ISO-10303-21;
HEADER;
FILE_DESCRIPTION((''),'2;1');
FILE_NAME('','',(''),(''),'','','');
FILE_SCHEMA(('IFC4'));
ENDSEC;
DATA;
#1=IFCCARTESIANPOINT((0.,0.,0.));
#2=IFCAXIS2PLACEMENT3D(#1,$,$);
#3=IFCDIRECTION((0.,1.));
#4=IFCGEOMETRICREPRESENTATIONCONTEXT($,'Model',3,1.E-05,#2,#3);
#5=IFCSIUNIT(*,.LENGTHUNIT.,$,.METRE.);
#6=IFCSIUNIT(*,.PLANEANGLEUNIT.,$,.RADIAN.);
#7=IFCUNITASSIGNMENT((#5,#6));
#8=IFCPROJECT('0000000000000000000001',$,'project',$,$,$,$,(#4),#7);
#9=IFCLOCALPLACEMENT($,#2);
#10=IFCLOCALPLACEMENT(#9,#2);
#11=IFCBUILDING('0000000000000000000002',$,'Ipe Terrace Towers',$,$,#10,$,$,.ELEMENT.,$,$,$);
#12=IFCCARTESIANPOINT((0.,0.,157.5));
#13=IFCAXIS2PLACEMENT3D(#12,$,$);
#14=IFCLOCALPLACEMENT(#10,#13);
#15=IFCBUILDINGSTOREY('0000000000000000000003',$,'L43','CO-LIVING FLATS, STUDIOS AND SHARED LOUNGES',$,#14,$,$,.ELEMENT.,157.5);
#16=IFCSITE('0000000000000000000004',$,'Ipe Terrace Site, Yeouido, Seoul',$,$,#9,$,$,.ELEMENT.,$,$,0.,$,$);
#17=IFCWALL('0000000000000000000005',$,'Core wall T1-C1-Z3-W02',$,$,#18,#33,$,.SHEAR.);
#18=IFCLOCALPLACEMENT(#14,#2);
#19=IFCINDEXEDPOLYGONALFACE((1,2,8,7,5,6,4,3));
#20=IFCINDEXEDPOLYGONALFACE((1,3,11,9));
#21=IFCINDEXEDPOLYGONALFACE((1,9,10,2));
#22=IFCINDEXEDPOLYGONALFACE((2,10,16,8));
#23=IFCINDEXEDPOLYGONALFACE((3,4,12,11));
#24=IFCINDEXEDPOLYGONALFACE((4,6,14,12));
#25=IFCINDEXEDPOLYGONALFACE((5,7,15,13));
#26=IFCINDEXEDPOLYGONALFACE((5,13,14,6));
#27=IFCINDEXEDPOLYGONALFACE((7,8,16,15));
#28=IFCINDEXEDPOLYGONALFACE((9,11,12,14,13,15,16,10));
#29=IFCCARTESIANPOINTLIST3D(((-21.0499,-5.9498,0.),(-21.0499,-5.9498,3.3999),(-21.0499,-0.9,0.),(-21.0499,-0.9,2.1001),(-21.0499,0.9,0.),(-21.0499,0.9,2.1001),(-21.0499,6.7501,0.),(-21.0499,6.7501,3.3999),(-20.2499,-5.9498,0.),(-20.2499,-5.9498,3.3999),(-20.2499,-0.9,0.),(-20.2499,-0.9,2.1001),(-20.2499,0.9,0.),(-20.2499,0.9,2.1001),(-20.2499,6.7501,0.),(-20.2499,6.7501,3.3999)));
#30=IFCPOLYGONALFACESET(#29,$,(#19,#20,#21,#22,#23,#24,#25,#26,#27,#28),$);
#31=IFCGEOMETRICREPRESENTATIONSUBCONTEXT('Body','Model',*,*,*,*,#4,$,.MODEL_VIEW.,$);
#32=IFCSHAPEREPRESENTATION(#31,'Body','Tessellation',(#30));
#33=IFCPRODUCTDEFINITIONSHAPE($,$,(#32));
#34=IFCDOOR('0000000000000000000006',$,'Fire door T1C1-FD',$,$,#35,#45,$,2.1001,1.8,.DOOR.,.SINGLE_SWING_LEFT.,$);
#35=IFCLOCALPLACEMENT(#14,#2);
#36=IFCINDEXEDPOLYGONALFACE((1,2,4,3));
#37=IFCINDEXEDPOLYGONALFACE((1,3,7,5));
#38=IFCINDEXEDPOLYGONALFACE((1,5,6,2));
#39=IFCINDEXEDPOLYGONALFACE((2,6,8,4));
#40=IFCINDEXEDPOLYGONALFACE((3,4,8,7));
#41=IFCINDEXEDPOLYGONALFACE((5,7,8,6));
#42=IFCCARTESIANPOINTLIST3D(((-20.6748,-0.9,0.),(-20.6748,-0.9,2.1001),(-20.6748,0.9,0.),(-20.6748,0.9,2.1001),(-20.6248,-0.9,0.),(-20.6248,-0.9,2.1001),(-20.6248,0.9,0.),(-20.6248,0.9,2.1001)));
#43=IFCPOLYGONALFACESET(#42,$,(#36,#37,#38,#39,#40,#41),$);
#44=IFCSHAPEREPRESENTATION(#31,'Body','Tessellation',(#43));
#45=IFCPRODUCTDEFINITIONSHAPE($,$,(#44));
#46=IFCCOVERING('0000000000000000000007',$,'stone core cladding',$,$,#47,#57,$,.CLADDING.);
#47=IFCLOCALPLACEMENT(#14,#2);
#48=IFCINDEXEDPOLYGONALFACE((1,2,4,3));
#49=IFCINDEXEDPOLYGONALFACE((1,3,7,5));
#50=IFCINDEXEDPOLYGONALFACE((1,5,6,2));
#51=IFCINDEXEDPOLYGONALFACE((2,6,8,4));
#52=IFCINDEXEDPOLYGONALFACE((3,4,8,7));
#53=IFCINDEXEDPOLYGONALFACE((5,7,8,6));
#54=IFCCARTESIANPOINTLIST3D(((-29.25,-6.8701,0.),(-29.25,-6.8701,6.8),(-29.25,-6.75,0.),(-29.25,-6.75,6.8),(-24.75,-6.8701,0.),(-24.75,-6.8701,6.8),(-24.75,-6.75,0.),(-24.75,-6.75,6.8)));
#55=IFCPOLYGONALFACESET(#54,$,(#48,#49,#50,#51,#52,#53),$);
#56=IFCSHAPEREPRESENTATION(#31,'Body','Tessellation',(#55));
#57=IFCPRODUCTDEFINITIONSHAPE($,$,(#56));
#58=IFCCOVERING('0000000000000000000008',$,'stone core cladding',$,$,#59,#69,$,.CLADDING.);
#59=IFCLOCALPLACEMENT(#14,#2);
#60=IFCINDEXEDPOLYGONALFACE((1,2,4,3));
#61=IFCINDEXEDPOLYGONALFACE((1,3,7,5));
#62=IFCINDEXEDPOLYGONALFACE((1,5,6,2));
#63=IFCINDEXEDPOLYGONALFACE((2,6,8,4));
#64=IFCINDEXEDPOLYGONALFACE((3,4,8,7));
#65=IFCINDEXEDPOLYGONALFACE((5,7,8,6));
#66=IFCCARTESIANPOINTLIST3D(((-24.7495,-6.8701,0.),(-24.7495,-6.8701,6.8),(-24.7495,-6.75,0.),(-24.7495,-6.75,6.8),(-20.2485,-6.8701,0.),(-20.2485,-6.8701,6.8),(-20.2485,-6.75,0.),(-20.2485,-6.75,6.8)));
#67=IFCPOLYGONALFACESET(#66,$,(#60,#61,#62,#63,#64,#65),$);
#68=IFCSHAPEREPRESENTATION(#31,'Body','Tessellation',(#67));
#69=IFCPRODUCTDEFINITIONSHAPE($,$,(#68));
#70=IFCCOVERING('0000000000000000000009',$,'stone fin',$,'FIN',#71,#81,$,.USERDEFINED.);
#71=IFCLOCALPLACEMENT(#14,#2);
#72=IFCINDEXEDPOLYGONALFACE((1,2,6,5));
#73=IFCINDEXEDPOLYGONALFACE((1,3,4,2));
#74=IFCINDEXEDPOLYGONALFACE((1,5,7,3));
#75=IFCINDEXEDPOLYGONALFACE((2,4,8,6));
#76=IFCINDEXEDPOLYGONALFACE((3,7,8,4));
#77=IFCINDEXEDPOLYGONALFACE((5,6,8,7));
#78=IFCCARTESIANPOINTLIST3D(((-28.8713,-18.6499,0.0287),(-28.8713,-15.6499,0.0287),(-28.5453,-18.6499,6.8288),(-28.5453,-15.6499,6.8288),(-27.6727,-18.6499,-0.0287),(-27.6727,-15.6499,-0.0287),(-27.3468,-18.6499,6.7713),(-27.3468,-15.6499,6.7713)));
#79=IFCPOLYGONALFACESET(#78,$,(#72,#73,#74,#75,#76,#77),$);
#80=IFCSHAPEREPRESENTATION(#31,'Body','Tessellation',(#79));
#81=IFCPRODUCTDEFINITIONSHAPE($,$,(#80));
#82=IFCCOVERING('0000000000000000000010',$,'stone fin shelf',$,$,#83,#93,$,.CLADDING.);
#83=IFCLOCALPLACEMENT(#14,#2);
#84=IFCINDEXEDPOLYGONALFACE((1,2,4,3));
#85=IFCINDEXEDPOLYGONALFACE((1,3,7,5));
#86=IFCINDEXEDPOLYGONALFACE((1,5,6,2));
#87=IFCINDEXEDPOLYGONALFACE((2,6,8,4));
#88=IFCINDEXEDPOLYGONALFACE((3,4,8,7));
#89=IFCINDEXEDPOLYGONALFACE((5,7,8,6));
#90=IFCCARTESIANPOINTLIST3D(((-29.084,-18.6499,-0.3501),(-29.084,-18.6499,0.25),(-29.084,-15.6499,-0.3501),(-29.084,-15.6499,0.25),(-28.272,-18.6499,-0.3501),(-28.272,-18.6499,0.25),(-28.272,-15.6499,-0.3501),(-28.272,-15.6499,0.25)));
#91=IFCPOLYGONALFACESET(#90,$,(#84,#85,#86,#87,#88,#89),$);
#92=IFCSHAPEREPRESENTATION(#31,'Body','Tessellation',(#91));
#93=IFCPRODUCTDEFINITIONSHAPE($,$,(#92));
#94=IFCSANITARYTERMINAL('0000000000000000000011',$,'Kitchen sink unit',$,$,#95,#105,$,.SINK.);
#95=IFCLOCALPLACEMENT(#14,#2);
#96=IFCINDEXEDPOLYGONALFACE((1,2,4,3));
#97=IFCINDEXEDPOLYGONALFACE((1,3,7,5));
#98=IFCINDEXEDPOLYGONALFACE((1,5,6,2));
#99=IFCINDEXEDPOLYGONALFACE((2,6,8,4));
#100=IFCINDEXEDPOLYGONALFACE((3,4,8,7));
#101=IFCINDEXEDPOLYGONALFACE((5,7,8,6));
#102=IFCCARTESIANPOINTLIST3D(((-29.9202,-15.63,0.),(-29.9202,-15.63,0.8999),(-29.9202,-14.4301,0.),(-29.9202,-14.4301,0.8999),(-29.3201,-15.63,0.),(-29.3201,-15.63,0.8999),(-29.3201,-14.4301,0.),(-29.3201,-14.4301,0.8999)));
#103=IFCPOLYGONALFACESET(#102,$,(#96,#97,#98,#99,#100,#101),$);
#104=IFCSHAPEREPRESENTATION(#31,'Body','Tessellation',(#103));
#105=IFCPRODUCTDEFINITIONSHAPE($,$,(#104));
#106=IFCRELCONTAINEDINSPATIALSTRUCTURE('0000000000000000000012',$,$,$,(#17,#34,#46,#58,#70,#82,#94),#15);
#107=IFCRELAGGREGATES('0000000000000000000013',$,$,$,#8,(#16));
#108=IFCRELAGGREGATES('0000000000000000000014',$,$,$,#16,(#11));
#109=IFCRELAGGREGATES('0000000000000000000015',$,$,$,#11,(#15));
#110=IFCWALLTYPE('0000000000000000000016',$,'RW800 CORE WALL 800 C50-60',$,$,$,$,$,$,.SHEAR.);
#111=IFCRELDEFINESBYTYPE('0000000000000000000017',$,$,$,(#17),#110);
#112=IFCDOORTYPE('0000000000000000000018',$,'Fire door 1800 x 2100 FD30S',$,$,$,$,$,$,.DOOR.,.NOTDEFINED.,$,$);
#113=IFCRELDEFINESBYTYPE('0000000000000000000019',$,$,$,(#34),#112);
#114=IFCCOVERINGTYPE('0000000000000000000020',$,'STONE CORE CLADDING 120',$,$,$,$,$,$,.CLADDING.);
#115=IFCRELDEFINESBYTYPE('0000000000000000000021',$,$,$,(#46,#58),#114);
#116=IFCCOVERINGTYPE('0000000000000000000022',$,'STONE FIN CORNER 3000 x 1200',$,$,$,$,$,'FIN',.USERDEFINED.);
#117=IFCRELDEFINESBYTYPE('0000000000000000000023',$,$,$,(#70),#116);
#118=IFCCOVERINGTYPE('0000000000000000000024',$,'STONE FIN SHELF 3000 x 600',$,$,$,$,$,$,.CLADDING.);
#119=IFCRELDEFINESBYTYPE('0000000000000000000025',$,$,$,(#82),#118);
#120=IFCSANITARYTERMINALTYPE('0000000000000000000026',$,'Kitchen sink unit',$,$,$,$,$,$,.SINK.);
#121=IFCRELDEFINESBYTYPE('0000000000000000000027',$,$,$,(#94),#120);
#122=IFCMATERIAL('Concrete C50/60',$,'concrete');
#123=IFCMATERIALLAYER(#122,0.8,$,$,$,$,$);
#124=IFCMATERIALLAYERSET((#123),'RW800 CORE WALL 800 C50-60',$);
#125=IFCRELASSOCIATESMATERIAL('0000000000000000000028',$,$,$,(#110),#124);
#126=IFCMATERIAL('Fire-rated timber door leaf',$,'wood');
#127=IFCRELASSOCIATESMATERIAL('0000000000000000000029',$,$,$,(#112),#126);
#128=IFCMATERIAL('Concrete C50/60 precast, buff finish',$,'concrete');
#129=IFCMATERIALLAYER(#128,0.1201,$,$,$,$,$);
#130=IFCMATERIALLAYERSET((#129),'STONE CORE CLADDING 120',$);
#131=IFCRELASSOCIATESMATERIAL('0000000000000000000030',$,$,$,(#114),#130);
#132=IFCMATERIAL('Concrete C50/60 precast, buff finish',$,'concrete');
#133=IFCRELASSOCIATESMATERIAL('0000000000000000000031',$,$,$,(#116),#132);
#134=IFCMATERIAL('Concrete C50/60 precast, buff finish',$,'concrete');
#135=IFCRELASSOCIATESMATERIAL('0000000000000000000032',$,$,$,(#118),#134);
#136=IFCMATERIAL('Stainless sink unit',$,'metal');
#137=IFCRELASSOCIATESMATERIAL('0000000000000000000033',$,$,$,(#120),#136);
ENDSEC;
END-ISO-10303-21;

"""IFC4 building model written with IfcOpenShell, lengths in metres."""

from ifc_helpers import new_model, si_unit, direction, frame, frame_2d, origin, origin_2d, place, context, subcontext, project, spatial, rectangle, extrude, material, layer, layer_set, material_profile, profile_set, type_object, element, fill, save


model = new_model("IFC4")

# Units and contexts
model_context = context("Model", 3, precision=1e-05, world=origin(), true_north=direction((0.0, 1.0)))
body_context = subcontext(model_context, "Body", "Model", "MODEL_VIEW")
ifc_project = project(units=[si_unit("LENGTHUNIT", "METRE"), si_unit("PLANEANGLEUNIT", "RADIAN")], contexts=[model_context])

# Site, building, storey
site_placement = place(None, origin())
site = spatial("IfcSite", under=ifc_project, at=site_placement, Name="Ipe Terrace Site, Yeouido, Seoul", CompositionType="ELEMENT", RefElevation=0.0)
building_placement = place(site_placement, origin())
building = spatial("IfcBuilding", under=site, at=building_placement, Name="Ipe Terrace Towers", CompositionType="ELEMENT")
storey_placement = place(building_placement, frame((0.0, 0.0, 157.5)))
storey = spatial("IfcBuildingStorey", under=building, at=storey_placement, Name="L43", Description="CO-LIVING FLATS, STUDIOS AND SHARED LOUNGES", CompositionType="ELEMENT", Elevation=157.5)

# Shared definitions
ifc_material_1 = material(Name="Concrete C50/60", Category="concrete")
ifc_layer_1 = layer(ifc_material_1, 0.8)
ifc_layer_set_1 = layer_set([ifc_layer_1], Name="RW800 CORE WALL 800 C50-60")
wall_type_1 = type_object("IfcWallType", Name="RW800 CORE WALL 800 C50-60", PredefinedType="SHEAR", material=ifc_layer_set_1)

# Wall, opening, door
wall_1_placement = place(storey_placement, frame((-20.6499, -5.95, 0.0), z_axis=(0.0, 0.0, 1.0), x_axis=(0.0, 1.0, 0.0)))
wall_1 = element("IfcWall", 1, at=wall_1_placement, inside=storey, type_object=wall_type_1, Name="Core wall T1-C1-Z3-W02", PredefinedType="SHEAR", context=body_context, shape_type="SweptSolid", body=[
    extrude(rectangle(XDim=12.7, YDim=0.8, at=frame_2d((6.3501, 0.0))), origin(), (0.0, 0.0, 1.0), 3.3999),
])
opening_1_placement = place(wall_1_placement, frame((5.05, 0.0, 0.0)))
opening_1 = element("IfcOpeningElement", 2, at=opening_1_placement, cuts=wall_1, PredefinedType="OPENING", context=body_context, shape_type="SweptSolid", body=[
    extrude(rectangle(XDim=1.8, YDim=2.1001, at=frame_2d((0.8999, 1.05))), frame((0.0, 0.4102, 0.0), z_axis=(0.0, -1.0, 0.0), x_axis=(1.0, 0.0, 0.0)), (0.0, 0.0, 1.0), 0.8201),
])
ifc_material_2 = material(Name="Fire-rated timber door leaf", Category="wood")
door_type_1 = type_object("IfcDoorType", Name="Fire door 1800 x 2100 FD30S", OperationType="NOTDEFINED", PredefinedType="DOOR", material=ifc_material_2)
door_1_placement = place(opening_1_placement, origin())
door_1 = element("IfcDoor", 3, at=door_1_placement, inside=storey, type_object=door_type_1, Name="Fire door T1C1-FD", OperationType="SINGLE_SWING_LEFT", OverallHeight=2.1001, OverallWidth=1.8, PredefinedType="DOOR", context=body_context, shape_type="SweptSolid", body=[
    extrude(rectangle(XDim=1.8, YDim=2.1001, at=frame_2d((0.8999, 1.05))), frame((0.0, 0.0249, 0.0), z_axis=(0.0, -1.0, 0.0), x_axis=(1.0, 0.0, 0.0)), (0.0, 0.0, 1.0), 0.05),
])
fill(opening_1, door_1)

# Coverings
ifc_material_3 = material(Name="Concrete C50/60 precast, buff finish", Category="concrete")
ifc_layer_2 = layer(ifc_material_3, 0.1201)
ifc_layer_set_2 = layer_set([ifc_layer_2], Name="STONE CORE CLADDING 120")
covering_type_1 = type_object("IfcCoveringType", Name="STONE CORE CLADDING 120", PredefinedType="CLADDING", material=ifc_layer_set_2)
covering_1_placement = place(storey_placement, frame((-27.0, -6.8101, 0.0), z_axis=(0.0, 0.0, 1.0), x_axis=(1.0, 0.0, 0.0)))
element("IfcCovering", 4, at=covering_1_placement, inside=storey, type_object=covering_type_1, Name="stone core cladding", PredefinedType="CLADDING", context=body_context, shape_type="SweptSolid", body=[
    extrude(rectangle(XDim=4.5, YDim=0.1201, at=origin_2d()), origin(), (0.0, 0.0, 1.0), 6.8),
])
covering_2_placement = place(storey_placement, frame((-22.499, -6.8101, 0.0), z_axis=(0.0, 0.0, 1.0), x_axis=(1.0, 0.0, 0.0)))
element("IfcCovering", 5, at=covering_2_placement, inside=storey, type_object=covering_type_1, Name="stone core cladding", PredefinedType="CLADDING", context=body_context, shape_type="SweptSolid", body=[
    extrude(rectangle(XDim=4.501, YDim=0.1201, at=origin_2d()), origin(), (0.0, 0.0, 1.0), 6.8),
])
ifc_material_4 = material(Name="Concrete C50/60 precast, buff finish", Category="concrete")
ifc_material_profile_1 = material_profile(ifc_material_4, rectangle(XDim=3.0, YDim=1.2, at=origin_2d()), Name="STONE FIN CORNER 3000 x 1200")
ifc_profile_set_1 = profile_set([ifc_material_profile_1], Name="Concrete C50/60 precast, buff finish")
covering_type_2 = type_object("IfcCoveringType", Name="STONE FIN CORNER 3000 x 1200", ElementType="FIN", PredefinedType="USERDEFINED", material=ifc_profile_set_1)
covering_3_placement = place(storey_placement, frame((-28.272, -17.1499, 0.0), z_axis=(0.047875, 0.0, 0.998853), x_axis=(0.0, 1.0, 0.0)))
element("IfcCovering", 6, at=covering_3_placement, inside=storey, type_object=covering_type_2, Name="stone fin", ObjectType="FIN", PredefinedType="USERDEFINED", context=body_context, shape_type="SweptSolid", body=[
    extrude(rectangle(XDim=3.0, YDim=1.2, at=origin_2d()), origin(), (0.0, 0.0, 1.0), 6.8079),
])
ifc_material_5 = material(Name="Concrete C50/60 precast, buff finish", Category="concrete")
covering_type_3 = type_object("IfcCoveringType", Name="STONE FIN SHELF 3000 x 600", PredefinedType="CLADDING", material=ifc_material_5)
covering_4_placement = place(storey_placement, frame((-28.678, -17.1499, -0.3501), z_axis=(0.0, 0.0, 1.0), x_axis=(0.0, 1.0, 0.0)))
element("IfcCovering", 7, at=covering_4_placement, inside=storey, type_object=covering_type_3, Name="stone fin shelf", PredefinedType="CLADDING", context=body_context, shape_type="SweptSolid", body=[
    extrude(rectangle(XDim=3.0, YDim=0.812, at=origin_2d()), origin(), (0.0, 0.0, 1.0), 0.6001),
])

# Sanitary terminal
ifc_material_6 = material(Name="Stainless sink unit", Category="metal")
sanitary_terminal_type = type_object("IfcSanitaryTerminalType", Name="Kitchen sink unit", PredefinedType="SINK", material=ifc_material_6)
sanitary_terminal_placement = place(storey_placement, frame((-29.6201, -15.03, 0.0), z_axis=(0.0, 0.0, 1.0), x_axis=(0.0, -1.0, 0.0)))
element("IfcSanitaryTerminal", 8, at=sanitary_terminal_placement, inside=storey, type_object=sanitary_terminal_type, Name="Kitchen sink unit", PredefinedType="SINK", context=body_context, shape_type="SweptSolid", body=[
    extrude(rectangle(XDim=1.2, YDim=0.6001, at=origin_2d()), origin(), (0.0, 0.0, 1.0), 0.8999),
])

save(model, "model.ifc")
